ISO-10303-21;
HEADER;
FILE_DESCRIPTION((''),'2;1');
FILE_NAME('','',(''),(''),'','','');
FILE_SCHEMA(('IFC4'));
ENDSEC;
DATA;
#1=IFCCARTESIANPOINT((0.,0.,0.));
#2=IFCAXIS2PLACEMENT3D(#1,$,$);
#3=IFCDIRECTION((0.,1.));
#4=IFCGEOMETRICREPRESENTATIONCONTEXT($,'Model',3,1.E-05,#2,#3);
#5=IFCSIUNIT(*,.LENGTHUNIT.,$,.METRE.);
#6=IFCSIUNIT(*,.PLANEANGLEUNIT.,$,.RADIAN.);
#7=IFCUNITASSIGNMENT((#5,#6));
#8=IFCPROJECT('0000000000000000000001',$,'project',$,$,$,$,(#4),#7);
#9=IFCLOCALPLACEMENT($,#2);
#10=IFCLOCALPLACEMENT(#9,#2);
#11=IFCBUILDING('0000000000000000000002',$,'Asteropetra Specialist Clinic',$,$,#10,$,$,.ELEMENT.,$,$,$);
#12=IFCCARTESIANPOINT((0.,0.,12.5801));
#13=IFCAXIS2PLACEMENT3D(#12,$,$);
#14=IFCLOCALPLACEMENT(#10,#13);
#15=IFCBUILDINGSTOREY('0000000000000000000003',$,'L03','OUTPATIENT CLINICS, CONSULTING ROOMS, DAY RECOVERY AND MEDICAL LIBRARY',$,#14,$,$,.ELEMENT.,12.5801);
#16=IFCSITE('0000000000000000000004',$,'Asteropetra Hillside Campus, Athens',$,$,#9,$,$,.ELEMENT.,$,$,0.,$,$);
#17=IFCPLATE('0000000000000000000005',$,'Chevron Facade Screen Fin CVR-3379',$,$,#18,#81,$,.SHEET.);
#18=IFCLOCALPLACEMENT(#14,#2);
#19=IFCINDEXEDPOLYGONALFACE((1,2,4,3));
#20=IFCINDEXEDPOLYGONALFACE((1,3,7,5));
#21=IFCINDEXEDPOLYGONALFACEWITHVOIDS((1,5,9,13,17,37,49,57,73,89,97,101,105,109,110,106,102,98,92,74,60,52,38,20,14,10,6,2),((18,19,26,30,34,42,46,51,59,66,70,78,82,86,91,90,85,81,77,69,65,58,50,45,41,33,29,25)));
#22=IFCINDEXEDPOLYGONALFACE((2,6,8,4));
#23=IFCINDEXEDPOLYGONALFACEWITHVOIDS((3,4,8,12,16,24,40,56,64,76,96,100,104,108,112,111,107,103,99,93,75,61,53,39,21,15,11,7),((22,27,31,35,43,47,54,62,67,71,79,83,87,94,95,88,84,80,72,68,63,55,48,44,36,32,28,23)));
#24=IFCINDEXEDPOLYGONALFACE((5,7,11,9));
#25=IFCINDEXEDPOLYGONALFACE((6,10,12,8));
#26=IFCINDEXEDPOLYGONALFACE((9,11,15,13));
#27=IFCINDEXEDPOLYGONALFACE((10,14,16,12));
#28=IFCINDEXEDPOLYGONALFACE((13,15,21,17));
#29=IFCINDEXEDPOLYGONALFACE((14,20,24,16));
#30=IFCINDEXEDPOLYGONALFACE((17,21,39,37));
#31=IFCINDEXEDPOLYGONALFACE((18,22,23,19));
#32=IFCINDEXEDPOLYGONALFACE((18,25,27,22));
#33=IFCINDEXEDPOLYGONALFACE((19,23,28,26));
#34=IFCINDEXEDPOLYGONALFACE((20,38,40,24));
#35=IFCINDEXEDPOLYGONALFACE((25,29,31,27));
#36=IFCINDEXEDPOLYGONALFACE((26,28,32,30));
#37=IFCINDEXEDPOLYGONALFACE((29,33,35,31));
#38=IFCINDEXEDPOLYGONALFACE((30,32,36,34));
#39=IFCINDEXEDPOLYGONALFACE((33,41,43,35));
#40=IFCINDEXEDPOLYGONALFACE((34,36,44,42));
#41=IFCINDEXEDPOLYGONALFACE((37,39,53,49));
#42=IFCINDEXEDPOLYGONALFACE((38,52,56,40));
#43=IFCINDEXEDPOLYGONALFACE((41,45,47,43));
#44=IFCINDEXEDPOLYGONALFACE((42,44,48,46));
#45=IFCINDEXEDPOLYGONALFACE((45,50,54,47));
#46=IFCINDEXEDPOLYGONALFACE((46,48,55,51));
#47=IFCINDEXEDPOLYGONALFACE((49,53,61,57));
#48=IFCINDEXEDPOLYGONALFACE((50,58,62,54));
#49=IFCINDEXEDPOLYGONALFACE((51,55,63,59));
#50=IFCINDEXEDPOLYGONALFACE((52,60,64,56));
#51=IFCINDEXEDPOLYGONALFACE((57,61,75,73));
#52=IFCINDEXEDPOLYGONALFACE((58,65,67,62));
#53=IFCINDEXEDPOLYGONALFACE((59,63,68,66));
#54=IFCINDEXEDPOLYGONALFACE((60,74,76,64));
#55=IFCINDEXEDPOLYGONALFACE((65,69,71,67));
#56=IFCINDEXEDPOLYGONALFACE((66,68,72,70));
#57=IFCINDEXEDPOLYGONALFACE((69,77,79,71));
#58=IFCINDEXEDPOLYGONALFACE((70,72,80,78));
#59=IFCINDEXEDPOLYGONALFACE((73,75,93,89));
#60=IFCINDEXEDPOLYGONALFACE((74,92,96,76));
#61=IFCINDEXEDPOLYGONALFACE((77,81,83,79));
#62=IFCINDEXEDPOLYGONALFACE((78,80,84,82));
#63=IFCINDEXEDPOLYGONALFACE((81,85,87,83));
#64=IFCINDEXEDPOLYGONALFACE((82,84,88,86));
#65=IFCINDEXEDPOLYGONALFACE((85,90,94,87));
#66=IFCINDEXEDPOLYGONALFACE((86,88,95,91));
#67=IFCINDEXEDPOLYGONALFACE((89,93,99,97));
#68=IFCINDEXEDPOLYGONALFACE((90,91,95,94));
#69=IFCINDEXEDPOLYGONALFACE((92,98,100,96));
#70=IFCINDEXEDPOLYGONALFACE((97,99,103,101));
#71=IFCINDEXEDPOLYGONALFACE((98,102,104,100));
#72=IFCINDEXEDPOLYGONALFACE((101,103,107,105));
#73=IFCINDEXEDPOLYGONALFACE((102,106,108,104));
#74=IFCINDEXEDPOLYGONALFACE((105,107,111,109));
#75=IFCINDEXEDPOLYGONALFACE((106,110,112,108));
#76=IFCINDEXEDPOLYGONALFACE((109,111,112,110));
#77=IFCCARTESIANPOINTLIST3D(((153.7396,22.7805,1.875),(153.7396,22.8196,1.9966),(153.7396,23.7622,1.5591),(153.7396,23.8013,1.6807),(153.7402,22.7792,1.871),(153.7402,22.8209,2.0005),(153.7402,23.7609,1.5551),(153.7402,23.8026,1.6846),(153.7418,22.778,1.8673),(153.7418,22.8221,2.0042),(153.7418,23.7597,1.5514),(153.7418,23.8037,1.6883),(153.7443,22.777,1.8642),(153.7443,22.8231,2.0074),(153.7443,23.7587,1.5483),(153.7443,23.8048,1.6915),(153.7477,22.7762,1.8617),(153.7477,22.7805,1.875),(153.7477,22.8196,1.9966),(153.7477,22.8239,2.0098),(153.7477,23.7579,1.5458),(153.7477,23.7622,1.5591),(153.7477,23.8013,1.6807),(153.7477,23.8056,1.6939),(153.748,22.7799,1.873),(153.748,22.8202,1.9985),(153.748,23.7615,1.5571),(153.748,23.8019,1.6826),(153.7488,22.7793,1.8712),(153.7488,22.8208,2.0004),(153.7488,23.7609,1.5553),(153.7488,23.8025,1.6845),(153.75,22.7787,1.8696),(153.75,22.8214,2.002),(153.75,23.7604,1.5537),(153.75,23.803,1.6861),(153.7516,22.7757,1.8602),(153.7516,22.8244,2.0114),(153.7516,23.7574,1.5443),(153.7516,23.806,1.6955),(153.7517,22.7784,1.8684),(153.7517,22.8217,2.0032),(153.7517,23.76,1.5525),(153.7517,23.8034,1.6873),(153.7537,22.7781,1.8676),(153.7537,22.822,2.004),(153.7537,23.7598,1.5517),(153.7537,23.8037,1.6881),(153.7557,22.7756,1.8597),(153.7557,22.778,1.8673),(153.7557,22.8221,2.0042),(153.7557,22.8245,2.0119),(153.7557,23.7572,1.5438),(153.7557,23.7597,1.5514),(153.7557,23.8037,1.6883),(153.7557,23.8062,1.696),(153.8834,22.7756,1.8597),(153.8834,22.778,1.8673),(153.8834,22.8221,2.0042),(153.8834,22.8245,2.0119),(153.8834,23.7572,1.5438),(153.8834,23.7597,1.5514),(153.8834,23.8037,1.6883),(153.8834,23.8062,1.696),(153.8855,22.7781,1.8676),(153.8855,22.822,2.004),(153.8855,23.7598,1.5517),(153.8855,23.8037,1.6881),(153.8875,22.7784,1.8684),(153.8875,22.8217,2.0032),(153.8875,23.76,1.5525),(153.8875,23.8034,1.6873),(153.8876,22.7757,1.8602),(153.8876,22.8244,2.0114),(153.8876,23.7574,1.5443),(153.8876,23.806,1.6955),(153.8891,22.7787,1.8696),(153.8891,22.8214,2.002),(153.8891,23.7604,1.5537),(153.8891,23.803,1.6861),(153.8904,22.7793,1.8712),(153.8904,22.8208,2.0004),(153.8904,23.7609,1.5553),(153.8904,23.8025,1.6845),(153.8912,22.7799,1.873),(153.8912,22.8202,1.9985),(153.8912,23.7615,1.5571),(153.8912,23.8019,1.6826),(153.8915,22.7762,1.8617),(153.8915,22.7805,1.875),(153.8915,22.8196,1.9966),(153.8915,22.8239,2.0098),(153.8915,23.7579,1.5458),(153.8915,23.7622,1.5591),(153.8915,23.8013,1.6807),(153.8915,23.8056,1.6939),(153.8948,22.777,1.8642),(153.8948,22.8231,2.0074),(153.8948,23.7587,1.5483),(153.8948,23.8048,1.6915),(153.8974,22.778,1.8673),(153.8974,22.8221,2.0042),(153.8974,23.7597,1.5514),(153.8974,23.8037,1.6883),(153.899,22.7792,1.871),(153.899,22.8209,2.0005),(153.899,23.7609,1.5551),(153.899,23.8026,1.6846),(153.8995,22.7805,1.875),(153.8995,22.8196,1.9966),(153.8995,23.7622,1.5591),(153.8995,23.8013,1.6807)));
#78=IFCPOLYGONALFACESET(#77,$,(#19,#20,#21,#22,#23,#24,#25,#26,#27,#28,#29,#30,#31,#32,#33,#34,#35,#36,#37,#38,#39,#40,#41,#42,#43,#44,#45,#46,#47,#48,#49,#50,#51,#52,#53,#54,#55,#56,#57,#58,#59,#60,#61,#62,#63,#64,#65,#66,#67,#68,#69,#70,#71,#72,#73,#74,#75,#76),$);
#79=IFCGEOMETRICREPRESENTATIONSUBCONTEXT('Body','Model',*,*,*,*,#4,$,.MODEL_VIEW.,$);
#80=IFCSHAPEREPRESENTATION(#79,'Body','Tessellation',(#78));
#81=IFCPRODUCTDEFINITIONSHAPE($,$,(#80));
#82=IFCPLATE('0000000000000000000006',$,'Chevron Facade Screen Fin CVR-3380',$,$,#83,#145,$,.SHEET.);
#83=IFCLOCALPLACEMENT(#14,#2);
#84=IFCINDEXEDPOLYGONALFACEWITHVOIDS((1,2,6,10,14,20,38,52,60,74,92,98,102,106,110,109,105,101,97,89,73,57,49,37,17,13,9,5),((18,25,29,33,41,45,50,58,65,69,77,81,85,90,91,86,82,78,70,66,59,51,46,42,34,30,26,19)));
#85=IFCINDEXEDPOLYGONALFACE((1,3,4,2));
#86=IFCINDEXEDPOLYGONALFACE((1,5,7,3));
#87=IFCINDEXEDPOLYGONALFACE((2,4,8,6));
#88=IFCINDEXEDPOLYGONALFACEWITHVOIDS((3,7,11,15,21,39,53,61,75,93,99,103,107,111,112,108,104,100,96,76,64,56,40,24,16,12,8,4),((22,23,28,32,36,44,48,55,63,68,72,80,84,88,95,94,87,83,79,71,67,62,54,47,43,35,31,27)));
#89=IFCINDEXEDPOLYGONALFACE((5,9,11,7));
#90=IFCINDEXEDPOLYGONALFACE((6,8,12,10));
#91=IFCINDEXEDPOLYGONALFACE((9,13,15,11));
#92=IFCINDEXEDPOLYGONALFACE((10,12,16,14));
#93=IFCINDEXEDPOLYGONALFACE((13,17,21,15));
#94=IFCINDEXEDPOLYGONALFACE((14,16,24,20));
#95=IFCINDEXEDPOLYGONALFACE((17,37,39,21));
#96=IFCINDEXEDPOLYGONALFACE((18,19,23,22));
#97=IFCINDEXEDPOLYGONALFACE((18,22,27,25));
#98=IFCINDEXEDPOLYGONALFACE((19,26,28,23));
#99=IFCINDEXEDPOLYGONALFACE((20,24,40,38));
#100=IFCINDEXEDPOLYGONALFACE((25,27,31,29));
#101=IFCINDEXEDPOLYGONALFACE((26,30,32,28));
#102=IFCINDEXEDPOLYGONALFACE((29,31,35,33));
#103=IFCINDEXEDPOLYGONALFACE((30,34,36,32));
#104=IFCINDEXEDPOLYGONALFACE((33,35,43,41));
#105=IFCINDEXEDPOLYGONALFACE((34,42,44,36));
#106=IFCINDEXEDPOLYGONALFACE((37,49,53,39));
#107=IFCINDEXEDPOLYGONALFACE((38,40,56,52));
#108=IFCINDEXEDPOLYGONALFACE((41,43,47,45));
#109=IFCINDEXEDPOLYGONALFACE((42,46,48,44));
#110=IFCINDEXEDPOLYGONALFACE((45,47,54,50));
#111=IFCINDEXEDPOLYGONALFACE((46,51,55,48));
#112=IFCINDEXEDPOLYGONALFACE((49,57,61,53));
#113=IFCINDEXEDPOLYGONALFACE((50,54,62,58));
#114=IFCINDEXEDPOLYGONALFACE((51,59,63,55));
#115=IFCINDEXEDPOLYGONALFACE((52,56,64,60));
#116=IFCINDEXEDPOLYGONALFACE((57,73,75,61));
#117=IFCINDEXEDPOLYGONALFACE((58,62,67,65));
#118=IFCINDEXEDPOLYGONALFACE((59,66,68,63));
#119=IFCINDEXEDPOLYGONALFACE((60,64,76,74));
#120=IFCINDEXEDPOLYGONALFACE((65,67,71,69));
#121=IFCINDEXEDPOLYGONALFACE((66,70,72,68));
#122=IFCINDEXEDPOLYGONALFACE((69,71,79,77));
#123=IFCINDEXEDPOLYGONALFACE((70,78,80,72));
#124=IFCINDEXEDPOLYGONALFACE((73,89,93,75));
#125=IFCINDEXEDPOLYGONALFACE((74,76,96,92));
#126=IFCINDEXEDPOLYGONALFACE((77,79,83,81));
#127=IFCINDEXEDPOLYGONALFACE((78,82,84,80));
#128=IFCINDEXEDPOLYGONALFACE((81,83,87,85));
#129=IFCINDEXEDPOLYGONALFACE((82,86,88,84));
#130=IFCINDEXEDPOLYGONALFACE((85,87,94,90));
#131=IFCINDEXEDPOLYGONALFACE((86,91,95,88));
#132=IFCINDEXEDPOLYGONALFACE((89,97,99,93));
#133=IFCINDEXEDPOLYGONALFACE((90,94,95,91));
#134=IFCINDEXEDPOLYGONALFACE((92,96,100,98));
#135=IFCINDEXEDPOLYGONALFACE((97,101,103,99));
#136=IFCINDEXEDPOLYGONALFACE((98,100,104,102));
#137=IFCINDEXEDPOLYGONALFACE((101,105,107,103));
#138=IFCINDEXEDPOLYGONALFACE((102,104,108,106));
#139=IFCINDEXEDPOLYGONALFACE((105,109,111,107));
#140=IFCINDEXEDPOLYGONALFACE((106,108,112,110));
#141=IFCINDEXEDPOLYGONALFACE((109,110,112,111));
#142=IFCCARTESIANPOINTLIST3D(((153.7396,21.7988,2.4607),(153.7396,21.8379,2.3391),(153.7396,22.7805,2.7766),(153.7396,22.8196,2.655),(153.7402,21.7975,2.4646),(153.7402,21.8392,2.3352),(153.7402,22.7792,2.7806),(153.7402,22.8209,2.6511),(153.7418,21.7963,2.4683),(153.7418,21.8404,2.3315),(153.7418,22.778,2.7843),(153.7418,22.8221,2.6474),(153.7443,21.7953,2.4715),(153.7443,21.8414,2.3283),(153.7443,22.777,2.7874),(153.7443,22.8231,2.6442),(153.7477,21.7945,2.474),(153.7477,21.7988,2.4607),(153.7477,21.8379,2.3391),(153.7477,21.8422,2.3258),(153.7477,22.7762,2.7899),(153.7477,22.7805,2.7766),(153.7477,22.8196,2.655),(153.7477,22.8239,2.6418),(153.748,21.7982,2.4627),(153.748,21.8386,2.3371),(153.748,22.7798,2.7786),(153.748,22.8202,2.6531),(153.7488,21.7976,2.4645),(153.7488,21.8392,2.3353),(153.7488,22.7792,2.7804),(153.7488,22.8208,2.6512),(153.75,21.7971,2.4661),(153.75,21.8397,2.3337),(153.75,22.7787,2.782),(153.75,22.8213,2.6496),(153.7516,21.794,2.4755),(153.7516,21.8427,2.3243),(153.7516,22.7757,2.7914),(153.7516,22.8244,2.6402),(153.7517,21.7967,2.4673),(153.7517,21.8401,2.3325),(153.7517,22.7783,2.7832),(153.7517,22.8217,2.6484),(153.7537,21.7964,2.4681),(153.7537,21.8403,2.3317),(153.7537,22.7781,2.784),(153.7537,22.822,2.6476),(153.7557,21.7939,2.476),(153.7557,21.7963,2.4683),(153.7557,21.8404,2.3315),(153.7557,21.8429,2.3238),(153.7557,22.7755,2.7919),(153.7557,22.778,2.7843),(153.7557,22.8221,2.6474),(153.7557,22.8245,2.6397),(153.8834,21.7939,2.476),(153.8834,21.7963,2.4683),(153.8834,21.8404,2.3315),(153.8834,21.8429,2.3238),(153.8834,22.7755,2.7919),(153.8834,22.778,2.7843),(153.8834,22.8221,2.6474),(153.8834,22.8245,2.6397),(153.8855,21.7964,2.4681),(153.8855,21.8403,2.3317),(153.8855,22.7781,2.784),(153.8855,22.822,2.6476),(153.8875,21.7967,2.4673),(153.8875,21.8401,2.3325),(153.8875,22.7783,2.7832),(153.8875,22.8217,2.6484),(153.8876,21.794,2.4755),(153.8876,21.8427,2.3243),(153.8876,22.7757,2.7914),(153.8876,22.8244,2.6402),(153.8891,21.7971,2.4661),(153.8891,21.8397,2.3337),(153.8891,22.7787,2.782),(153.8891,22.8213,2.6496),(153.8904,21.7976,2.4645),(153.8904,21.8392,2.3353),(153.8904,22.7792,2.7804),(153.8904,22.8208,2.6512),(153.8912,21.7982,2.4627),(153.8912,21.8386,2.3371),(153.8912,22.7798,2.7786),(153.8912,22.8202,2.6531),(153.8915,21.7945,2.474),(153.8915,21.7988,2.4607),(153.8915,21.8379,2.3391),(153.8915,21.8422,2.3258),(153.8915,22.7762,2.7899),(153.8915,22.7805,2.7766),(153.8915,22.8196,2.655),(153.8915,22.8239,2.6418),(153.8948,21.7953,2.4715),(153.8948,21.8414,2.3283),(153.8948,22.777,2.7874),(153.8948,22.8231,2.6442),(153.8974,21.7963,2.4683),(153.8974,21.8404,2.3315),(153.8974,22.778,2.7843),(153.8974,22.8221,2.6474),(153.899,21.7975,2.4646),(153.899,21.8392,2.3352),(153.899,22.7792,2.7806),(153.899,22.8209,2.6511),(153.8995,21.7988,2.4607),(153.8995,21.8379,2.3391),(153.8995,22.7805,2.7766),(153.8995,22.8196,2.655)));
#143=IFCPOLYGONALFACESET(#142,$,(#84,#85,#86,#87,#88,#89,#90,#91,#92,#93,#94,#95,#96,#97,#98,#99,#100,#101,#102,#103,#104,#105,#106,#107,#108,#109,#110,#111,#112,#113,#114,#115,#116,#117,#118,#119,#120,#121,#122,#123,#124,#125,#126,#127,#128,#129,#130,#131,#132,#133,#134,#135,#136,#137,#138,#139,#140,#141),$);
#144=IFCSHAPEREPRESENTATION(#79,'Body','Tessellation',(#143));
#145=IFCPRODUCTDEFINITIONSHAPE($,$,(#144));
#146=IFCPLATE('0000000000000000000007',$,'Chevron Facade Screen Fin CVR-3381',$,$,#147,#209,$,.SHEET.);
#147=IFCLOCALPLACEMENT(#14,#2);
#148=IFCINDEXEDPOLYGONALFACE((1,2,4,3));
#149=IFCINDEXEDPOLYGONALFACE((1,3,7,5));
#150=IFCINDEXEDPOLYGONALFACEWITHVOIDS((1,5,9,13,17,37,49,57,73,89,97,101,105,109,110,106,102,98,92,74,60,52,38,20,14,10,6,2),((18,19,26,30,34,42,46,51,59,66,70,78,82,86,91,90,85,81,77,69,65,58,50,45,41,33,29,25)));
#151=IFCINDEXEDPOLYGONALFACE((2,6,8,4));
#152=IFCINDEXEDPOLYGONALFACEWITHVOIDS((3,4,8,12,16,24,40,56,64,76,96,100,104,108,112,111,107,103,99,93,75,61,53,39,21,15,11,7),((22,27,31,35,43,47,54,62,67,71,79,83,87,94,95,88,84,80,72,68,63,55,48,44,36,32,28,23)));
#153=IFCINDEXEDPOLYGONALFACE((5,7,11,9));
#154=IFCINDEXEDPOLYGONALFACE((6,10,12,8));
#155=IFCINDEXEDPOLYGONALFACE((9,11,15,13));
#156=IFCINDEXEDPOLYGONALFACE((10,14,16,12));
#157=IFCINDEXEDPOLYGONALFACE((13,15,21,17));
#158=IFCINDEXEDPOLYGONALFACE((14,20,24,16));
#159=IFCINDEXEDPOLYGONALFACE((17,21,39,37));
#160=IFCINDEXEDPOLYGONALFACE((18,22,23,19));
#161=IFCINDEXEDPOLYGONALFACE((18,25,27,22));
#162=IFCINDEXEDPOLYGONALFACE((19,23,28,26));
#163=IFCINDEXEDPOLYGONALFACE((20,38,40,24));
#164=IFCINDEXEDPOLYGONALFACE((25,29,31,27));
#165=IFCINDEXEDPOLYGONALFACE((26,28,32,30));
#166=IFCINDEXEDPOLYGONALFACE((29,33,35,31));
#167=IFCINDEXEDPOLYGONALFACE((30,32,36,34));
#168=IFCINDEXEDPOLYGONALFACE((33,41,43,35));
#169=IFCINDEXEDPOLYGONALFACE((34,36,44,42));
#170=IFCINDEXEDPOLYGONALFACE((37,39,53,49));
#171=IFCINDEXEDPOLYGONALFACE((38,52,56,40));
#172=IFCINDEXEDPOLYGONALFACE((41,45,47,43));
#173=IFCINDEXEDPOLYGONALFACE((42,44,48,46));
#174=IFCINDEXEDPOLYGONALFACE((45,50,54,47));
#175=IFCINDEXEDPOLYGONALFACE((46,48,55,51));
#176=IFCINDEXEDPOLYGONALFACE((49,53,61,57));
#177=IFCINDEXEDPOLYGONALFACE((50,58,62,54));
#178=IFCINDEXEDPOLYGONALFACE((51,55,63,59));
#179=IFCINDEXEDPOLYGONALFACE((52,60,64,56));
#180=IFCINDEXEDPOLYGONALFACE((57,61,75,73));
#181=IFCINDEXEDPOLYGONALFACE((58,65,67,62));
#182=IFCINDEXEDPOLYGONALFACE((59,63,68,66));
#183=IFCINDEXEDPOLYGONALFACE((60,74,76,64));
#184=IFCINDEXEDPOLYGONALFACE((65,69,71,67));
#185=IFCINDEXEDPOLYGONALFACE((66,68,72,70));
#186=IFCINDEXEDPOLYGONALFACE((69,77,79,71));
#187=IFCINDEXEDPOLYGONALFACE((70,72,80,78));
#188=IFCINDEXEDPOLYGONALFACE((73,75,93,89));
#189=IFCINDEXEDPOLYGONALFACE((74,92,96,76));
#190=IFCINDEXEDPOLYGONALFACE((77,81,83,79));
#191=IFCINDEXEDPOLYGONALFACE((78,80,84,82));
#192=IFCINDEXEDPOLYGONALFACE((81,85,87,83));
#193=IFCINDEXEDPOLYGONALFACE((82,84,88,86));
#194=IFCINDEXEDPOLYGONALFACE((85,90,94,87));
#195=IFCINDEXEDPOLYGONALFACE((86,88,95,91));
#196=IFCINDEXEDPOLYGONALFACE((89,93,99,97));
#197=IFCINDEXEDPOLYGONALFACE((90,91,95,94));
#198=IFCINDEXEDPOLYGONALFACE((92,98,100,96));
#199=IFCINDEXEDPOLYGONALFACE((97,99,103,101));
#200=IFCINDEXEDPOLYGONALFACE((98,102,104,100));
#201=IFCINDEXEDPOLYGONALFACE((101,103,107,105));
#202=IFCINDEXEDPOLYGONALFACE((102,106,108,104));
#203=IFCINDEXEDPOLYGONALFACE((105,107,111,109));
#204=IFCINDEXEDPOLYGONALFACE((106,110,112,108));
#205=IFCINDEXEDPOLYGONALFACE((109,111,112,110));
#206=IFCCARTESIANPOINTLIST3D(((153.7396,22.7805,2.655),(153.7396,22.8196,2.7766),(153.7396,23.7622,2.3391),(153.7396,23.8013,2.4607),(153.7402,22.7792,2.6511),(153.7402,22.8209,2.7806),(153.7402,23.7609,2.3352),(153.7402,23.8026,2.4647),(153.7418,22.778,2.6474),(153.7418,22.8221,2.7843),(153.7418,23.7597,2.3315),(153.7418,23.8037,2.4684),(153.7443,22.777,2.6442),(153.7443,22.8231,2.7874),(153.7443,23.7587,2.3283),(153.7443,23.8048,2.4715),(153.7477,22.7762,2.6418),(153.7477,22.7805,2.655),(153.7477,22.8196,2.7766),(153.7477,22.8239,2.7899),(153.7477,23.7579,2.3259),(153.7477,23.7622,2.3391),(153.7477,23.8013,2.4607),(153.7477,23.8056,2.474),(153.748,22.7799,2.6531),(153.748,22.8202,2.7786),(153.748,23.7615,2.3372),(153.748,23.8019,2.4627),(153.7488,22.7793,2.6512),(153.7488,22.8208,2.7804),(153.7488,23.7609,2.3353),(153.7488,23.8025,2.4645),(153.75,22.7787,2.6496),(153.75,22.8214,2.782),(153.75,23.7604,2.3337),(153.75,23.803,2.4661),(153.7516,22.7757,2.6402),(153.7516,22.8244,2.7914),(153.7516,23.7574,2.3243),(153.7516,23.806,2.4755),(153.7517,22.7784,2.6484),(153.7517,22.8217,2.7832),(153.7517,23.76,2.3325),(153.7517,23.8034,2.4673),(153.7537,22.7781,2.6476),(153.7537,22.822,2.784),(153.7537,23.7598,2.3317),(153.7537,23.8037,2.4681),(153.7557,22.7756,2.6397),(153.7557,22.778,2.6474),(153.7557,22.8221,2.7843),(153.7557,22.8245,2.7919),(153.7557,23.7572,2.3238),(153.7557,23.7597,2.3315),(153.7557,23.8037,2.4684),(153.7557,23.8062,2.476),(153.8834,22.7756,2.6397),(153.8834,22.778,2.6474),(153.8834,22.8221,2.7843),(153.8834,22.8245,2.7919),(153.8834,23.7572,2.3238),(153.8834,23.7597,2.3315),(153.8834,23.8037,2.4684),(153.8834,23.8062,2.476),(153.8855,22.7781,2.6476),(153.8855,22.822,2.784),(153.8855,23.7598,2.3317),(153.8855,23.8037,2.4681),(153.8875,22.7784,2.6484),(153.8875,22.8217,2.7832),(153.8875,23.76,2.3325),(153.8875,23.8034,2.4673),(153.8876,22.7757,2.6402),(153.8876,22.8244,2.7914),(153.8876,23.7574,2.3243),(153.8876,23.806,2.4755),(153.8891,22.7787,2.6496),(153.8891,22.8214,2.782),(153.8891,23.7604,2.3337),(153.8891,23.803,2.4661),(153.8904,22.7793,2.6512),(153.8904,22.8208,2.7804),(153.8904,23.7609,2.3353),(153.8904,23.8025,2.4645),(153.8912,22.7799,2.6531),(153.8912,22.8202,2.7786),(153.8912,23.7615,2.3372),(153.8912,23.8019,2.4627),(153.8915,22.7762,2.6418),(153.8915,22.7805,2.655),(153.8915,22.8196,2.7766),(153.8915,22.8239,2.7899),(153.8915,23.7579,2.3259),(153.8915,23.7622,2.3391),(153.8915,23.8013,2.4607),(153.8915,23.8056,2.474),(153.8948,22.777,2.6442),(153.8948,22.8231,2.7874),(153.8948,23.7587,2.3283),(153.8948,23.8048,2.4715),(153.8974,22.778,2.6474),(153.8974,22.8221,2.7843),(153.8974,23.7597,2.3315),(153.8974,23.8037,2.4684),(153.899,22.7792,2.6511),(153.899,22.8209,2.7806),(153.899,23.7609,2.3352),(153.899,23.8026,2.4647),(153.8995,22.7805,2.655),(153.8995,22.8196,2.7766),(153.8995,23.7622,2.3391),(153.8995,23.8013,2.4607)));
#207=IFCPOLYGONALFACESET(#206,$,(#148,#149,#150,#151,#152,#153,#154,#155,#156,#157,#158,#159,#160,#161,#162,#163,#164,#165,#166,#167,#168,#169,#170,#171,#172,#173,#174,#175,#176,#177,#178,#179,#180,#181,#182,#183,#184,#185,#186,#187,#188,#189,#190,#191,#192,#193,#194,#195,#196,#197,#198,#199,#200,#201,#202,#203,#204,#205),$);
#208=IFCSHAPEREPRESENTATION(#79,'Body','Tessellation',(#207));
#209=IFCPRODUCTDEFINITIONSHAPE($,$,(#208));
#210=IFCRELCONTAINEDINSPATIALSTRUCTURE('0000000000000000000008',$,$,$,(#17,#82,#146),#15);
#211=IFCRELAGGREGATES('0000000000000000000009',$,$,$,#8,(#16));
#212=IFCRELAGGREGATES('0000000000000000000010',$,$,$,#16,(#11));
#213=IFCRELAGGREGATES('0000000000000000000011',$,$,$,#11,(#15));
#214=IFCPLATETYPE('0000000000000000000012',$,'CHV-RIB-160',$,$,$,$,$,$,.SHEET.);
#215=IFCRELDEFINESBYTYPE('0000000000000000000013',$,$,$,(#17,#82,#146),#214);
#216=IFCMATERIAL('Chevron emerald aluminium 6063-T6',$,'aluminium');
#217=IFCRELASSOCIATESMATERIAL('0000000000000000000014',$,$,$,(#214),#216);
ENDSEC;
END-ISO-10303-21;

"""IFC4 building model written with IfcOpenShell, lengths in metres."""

from ifc_helpers import new_model, si_unit, direction, frame, origin, origin_2d, place, context, subcontext, project, spatial, hollow_rectangle, extrude, material, material_profile, profile_set, type_object, element, save


model = new_model("IFC4")

# Units and contexts
model_context = context("Model", 3, precision=1e-05, world=origin(), true_north=direction((0.0, 1.0)))
body_context = subcontext(model_context, "Body", "Model", "MODEL_VIEW")
ifc_project = project(units=[si_unit("LENGTHUNIT", "METRE"), si_unit("PLANEANGLEUNIT", "RADIAN")], contexts=[model_context])

# Site, building, storey
site_placement = place(None, origin())
site = spatial("IfcSite", under=ifc_project, at=site_placement, Name="Asteropetra Hillside Campus, Athens", CompositionType="ELEMENT", RefElevation=0.0)
building_placement = place(site_placement, origin())
building = spatial("IfcBuilding", under=site, at=building_placement, Name="Asteropetra Specialist Clinic", CompositionType="ELEMENT")
storey_placement = place(building_placement, frame((0.0, 0.0, 12.5801)))
storey = spatial("IfcBuildingStorey", under=building, at=storey_placement, Name="L03", Description="OUTPATIENT CLINICS, CONSULTING ROOMS, DAY RECOVERY AND MEDICAL LIBRARY", CompositionType="ELEMENT", Elevation=12.5801)

# Plates
ifc_material_1 = material(Name="Chevron emerald aluminium 6063-T6", Category="aluminium")
ifc_material_profile = material_profile(ifc_material_1, hollow_rectangle(XDim=0.1599, YDim=0.1599, WallThickness=0.0081, InnerFilletRadius=0.0081, OuterFilletRadius=0.0161, at=origin_2d()), Name="SHS 160x160x8.0")
ifc_profile_set = profile_set([ifc_material_profile], Name="Chevron emerald aluminium 6063-T6")
plate_type_1 = type_object("IfcPlateType", Name="CHV-RIB-160", PredefinedType="SHEET", material=ifc_profile_set)
for number, where, z_axis, x_axis, name in (
    (1, (153.8196, 22.8, 1.9358), (0.0, 0.951923, -0.306339), (-1.0, 0.0, 0.0), "Chevron Facade Screen Fin CVR-3379"),
    (2, (153.8196, 21.8184, 2.3999), (0.0, 0.951923, 0.306339), (-1.0, 0.0, 0.0), "Chevron Facade Screen Fin CVR-3380"),
    (3, (153.8196, 22.8, 2.7158), (0.0, 0.951923, -0.306339), (-1.0, 0.0, 0.0), "Chevron Facade Screen Fin CVR-3381"),
):
    element("IfcPlate", number, at=place(storey_placement, frame(where, z_axis=z_axis, x_axis=x_axis)), inside=storey, type_object=plate_type_1, Name=name, PredefinedType="SHEET", context=body_context, shape_type="SweptSolid", body=[
        extrude(hollow_rectangle(XDim=0.1599, YDim=0.1599, WallThickness=0.0081, InnerFilletRadius=0.0081, OuterFilletRadius=0.0161, at=origin_2d()), origin(), (0.0, 0.0, 1.0), 1.0312),
    ])

save(model, "model.ifc")
